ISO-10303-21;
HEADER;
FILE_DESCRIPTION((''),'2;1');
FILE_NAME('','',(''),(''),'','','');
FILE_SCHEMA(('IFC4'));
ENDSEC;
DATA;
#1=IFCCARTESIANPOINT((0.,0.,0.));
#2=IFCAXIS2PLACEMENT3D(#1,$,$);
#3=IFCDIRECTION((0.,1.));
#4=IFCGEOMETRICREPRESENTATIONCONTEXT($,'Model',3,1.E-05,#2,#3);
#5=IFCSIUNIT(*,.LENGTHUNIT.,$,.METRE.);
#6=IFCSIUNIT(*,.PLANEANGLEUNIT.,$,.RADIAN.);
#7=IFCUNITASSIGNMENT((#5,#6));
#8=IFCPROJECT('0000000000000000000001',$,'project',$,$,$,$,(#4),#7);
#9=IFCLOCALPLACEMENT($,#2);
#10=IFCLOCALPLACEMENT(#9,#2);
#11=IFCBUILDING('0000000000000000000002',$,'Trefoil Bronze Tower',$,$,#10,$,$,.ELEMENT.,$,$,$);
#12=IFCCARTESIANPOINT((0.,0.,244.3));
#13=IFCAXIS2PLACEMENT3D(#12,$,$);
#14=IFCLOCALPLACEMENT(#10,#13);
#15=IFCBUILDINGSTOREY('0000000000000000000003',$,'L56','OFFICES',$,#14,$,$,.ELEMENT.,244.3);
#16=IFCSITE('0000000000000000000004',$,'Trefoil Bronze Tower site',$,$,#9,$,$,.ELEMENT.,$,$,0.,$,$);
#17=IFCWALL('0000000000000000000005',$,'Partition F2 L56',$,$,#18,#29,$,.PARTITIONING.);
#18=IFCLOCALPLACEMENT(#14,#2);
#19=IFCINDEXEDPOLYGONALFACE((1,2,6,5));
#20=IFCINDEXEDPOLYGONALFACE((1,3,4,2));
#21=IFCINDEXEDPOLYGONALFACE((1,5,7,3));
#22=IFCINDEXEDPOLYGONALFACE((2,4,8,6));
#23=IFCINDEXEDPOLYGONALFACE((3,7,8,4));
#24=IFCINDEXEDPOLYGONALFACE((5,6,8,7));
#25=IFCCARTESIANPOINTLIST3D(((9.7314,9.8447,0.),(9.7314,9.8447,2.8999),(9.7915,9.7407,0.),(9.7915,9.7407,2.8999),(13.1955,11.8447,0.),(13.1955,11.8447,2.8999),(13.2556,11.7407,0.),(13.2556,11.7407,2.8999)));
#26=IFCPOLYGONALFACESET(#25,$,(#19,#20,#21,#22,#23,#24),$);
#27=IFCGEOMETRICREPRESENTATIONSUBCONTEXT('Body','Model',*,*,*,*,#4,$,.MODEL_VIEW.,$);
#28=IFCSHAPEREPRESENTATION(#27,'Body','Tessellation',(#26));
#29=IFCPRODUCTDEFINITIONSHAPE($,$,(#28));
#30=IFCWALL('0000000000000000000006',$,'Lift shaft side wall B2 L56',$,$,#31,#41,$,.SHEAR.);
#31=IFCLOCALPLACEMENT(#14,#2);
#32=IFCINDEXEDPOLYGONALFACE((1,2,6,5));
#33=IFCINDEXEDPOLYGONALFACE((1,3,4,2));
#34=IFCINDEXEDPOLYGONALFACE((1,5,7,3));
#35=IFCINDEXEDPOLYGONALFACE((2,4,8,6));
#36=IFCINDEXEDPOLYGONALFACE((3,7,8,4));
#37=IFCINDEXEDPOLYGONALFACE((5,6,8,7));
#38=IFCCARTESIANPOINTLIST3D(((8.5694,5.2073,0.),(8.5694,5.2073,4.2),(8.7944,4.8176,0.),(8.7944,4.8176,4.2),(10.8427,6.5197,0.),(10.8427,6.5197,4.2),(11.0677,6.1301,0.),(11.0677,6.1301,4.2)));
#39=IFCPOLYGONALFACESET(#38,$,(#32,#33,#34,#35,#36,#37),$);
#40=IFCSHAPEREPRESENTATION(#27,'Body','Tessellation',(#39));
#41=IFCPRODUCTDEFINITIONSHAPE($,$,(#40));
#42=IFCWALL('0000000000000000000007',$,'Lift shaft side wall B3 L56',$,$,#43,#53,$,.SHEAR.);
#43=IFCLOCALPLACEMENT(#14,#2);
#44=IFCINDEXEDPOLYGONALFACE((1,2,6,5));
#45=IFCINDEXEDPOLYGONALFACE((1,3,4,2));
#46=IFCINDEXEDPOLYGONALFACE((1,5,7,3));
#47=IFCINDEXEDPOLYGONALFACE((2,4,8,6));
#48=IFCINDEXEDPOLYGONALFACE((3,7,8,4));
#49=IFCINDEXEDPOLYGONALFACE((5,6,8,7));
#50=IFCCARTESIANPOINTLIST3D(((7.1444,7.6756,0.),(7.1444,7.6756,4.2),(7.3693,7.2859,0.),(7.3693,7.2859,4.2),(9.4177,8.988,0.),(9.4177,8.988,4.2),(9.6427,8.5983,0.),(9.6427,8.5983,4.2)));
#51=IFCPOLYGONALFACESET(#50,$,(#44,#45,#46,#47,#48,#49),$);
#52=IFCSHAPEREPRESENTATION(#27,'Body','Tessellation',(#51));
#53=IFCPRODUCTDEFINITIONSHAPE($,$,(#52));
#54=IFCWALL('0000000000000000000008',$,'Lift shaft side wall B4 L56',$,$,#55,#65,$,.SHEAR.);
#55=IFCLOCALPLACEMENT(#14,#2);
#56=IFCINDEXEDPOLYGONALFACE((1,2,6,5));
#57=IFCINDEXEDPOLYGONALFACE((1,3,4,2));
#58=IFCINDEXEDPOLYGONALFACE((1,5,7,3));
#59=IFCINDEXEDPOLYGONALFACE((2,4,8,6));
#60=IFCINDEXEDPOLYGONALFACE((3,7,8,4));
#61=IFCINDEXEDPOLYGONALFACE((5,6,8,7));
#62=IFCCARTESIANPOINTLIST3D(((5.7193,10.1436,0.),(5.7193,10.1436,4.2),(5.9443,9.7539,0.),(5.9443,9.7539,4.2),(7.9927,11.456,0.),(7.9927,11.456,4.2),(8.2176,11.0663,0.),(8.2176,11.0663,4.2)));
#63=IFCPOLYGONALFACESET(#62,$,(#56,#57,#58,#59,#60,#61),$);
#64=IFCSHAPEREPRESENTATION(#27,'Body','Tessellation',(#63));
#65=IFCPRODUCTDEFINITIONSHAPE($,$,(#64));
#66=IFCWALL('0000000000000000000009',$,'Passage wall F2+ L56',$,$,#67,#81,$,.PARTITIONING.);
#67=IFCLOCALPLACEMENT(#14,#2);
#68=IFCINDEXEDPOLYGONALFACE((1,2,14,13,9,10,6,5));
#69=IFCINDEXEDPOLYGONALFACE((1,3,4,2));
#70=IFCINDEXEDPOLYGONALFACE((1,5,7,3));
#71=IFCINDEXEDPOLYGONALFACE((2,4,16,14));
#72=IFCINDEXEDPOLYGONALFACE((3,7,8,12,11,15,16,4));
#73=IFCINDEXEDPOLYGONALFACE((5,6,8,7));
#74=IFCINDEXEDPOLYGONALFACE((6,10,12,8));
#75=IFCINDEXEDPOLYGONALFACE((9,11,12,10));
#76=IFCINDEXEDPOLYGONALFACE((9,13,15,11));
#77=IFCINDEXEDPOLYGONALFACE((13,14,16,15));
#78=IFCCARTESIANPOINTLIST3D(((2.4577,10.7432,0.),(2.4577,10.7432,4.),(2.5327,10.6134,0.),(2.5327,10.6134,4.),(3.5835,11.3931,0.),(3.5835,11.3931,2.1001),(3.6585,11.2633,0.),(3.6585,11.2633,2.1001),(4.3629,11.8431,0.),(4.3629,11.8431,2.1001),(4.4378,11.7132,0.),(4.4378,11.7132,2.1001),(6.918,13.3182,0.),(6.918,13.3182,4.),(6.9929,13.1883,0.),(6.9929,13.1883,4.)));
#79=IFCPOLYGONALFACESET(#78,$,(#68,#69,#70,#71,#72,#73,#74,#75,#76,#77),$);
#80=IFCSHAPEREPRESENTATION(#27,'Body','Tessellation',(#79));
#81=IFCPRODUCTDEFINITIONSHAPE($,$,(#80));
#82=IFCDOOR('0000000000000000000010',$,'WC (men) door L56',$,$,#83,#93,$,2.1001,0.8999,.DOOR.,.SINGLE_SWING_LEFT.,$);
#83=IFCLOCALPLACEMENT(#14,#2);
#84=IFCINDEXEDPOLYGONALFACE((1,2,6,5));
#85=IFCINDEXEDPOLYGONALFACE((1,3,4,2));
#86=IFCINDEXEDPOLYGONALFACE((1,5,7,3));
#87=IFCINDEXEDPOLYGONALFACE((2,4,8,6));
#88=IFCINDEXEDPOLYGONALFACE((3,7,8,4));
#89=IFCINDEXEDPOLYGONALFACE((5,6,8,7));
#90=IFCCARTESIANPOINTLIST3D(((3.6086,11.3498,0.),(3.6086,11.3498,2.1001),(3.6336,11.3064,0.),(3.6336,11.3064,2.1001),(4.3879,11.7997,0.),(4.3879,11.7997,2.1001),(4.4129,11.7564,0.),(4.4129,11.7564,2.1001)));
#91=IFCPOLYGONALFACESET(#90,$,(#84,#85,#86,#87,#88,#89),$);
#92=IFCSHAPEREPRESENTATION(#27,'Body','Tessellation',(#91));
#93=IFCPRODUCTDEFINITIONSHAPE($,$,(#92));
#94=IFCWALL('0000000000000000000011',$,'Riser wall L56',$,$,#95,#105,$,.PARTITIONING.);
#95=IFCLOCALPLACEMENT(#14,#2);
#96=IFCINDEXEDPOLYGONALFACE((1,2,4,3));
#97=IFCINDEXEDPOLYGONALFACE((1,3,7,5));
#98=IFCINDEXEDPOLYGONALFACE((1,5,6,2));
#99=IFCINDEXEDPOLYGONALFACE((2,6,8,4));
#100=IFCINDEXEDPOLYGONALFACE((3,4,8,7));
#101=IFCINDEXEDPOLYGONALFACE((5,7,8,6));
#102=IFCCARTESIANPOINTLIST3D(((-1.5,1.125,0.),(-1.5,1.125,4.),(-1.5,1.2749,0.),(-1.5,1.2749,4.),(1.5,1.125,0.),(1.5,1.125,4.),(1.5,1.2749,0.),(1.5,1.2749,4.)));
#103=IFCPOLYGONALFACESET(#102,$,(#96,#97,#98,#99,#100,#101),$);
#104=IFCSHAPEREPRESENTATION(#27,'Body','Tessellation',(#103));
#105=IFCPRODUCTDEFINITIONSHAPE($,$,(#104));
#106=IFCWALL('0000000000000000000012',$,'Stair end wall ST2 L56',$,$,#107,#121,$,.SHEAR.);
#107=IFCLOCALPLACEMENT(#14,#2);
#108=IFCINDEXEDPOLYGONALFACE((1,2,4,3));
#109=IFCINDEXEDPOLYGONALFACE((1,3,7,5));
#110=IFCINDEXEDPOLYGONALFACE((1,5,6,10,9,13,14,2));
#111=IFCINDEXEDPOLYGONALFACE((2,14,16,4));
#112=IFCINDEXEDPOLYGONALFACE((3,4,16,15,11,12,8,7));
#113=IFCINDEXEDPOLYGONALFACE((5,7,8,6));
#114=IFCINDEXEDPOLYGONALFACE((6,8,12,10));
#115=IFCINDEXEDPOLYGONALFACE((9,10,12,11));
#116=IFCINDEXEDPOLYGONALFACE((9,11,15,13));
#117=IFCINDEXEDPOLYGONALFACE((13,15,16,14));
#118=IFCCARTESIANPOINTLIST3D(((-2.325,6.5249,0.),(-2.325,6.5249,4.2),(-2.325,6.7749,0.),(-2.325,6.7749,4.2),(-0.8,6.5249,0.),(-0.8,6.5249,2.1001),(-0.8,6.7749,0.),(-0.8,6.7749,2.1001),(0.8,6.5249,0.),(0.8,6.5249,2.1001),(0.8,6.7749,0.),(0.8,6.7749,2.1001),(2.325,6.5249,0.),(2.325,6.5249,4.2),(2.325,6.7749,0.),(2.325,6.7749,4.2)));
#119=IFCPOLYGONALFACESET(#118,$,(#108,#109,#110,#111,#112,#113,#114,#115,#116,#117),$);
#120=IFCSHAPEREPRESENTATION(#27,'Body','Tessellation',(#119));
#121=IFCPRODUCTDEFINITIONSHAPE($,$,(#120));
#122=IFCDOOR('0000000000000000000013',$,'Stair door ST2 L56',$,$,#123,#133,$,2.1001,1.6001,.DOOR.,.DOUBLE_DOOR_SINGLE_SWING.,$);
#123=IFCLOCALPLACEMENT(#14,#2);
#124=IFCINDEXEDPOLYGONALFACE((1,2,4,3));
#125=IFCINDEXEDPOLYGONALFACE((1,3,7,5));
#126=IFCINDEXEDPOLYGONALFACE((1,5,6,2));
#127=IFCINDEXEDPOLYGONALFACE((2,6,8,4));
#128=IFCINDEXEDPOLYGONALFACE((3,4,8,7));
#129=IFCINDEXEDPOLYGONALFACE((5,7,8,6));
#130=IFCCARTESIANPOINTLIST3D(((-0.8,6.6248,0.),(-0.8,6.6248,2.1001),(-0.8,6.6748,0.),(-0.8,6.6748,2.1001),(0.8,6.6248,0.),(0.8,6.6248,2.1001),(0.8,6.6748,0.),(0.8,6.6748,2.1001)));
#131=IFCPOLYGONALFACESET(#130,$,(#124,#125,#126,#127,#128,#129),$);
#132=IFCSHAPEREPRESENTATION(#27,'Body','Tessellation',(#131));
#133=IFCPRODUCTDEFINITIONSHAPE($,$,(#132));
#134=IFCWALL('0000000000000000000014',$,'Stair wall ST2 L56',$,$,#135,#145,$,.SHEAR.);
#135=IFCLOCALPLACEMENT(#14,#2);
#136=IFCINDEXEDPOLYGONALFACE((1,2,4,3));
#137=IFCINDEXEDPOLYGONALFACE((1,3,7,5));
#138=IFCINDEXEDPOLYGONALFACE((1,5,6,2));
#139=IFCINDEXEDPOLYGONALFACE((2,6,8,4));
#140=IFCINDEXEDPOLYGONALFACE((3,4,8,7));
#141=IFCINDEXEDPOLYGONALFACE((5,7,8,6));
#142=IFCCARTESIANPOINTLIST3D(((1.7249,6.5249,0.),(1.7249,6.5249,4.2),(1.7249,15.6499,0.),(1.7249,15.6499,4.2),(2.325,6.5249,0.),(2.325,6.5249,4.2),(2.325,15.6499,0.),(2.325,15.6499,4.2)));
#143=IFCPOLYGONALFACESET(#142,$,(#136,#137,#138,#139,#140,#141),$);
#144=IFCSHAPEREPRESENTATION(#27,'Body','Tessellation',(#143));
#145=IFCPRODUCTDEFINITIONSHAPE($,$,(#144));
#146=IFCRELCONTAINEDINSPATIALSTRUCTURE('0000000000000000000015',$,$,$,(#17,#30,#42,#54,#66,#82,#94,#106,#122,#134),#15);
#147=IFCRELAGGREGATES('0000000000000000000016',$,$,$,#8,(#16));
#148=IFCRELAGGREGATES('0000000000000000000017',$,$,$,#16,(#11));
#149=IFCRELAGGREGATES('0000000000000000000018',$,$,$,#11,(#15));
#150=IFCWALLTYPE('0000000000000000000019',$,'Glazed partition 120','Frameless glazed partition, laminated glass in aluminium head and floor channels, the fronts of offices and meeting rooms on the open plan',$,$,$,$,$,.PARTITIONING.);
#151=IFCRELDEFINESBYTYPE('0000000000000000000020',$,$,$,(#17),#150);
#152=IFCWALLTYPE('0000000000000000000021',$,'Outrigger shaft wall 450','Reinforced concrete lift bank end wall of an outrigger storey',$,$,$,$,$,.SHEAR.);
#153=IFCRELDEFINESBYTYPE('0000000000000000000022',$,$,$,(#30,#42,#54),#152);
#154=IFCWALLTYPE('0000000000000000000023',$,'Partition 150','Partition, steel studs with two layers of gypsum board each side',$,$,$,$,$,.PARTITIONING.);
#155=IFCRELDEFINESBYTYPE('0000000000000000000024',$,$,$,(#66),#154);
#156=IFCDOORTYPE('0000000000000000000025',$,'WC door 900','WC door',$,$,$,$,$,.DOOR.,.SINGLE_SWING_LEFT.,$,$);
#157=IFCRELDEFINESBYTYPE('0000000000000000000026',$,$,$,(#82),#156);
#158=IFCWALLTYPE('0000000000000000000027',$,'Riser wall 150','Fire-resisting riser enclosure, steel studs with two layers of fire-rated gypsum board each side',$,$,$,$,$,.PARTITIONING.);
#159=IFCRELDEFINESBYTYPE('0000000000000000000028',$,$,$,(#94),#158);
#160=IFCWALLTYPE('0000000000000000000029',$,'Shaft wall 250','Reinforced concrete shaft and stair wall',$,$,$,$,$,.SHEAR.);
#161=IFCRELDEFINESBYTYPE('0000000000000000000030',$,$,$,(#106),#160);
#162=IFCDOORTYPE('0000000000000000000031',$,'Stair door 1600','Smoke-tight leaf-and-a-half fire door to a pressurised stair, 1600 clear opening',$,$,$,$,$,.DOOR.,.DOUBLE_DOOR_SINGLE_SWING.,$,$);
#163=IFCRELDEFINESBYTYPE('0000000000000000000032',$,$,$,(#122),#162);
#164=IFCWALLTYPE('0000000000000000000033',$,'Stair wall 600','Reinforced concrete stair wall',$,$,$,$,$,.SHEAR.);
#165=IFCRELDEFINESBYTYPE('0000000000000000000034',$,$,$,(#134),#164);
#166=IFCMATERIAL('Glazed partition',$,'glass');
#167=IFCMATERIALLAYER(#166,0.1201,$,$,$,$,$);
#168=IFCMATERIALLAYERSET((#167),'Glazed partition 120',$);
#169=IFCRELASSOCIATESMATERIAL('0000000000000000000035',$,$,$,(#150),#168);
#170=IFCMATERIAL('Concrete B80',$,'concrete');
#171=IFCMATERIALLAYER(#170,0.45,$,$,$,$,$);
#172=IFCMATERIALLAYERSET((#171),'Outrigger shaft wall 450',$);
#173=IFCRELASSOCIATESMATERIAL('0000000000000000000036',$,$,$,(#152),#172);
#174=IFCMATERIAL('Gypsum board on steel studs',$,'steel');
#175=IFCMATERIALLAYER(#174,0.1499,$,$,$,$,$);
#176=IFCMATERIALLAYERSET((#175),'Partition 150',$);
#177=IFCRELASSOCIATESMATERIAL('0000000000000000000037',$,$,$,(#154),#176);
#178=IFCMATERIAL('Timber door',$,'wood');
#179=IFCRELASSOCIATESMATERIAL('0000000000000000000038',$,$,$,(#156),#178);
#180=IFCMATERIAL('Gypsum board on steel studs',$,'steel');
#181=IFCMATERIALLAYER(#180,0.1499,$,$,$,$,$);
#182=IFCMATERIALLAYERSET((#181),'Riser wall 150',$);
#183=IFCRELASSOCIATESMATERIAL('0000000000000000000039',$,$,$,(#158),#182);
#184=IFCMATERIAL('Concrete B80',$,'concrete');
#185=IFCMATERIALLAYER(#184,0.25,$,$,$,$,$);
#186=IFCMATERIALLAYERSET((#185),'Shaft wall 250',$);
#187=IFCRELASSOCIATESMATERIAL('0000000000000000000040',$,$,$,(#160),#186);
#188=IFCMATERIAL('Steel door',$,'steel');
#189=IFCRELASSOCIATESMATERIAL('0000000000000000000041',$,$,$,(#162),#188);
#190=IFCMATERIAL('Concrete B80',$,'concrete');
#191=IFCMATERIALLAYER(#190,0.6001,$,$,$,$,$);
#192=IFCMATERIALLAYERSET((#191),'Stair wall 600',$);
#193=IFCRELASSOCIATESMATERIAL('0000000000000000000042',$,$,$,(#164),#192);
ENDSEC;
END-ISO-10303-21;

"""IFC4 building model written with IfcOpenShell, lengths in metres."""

from ifc_helpers import new_model, si_unit, direction, frame, frame_2d, origin, place, context, subcontext, project, spatial, rectangle, extrude, material, layer, layer_set, type_object, element, fill, save


model = new_model("IFC4")

# Units and contexts
model_context = context("Model", 3, precision=1e-05, world=origin(), true_north=direction((0.0, 1.0)))
body_context = subcontext(model_context, "Body", "Model", "MODEL_VIEW")
ifc_project = project(units=[si_unit("LENGTHUNIT", "METRE"), si_unit("PLANEANGLEUNIT", "RADIAN")], contexts=[model_context])

# Site, building, storey
site_placement = place(None, origin())
site = spatial("IfcSite", under=ifc_project, at=site_placement, Name="Trefoil Bronze Tower site", CompositionType="ELEMENT", RefElevation=0.0)
building_placement = place(site_placement, origin())
building = spatial("IfcBuilding", under=site, at=building_placement, Name="Trefoil Bronze Tower", CompositionType="ELEMENT")
storey_placement = place(building_placement, frame((0.0, 0.0, 244.3)))
storey = spatial("IfcBuildingStorey", under=building, at=storey_placement, Name="L56", Description="OFFICES", CompositionType="ELEMENT", Elevation=244.3)

# Walls
ifc_material_1 = material(Name="Glazed partition", Category="glass")
ifc_layer_1 = layer(ifc_material_1, 0.1201)
ifc_layer_set_1 = layer_set([ifc_layer_1], Name="Glazed partition 120")
wall_type_1 = type_object("IfcWallType", Name="Glazed partition 120", Description="Frameless glazed partition, laminated glass in aluminium head and floor channels, the fronts of offices and meeting rooms on the open plan", PredefinedType="PARTITIONING", material=ifc_layer_set_1)
wall_1_placement = place(storey_placement, frame((9.7615, 9.7927, 0.0), z_axis=(0.0, 0.0, 1.0), x_axis=(0.866026, 0.499999, 0.0)))
element("IfcWall", 1, at=wall_1_placement, inside=storey, type_object=wall_type_1, Name="Partition F2 L56", PredefinedType="PARTITIONING", context=body_context, shape_type="SweptSolid", body=[
    extrude(rectangle(XDim=4.0, YDim=0.1201, at=frame_2d((2.0, 0.0))), origin(), (0.0, 0.0, 1.0), 2.8999),
])
ifc_material_2 = material(Name="Concrete B80", Category="concrete")
ifc_layer_2 = layer(ifc_material_2, 0.45)
ifc_layer_set_2 = layer_set([ifc_layer_2], Name="Outrigger shaft wall 450")
wall_type_2 = type_object("IfcWallType", Name="Outrigger shaft wall 450", Description="Reinforced concrete lift bank end wall of an outrigger storey", PredefinedType="SHEAR", material=ifc_layer_set_2)
for number, where, z_axis, x_axis, name in (
    (2, (8.6819, 5.0125, 0.0), (0.0, 0.0, 1.0), (0.866037, 0.49998, 0.0), "Lift shaft side wall B2 L56"),
    (3, (7.2568, 7.4807, 0.0), (0.0, 0.0, 1.0), (0.866037, 0.49998, 0.0), "Lift shaft side wall B3 L56"),
    (4, (5.8318, 9.9487, 0.0), (0.0, 0.0, 1.0), (0.866037, 0.49998, 0.0), "Lift shaft side wall B4 L56"),
):
    element("IfcWall", number, at=place(storey_placement, frame(where, z_axis=z_axis, x_axis=x_axis)), inside=storey, type_object=wall_type_2, Name=name, PredefinedType="SHEAR", context=body_context, shape_type="SweptSolid", body=[
        extrude(rectangle(XDim=2.625, YDim=0.45, at=frame_2d((1.3125, 0.0))), origin(), (0.0, 0.0, 1.0), 4.2),
    ])

# Wall, opening, door
ifc_material_3 = material(Name="Gypsum board on steel studs", Category="steel")
ifc_layer_3 = layer(ifc_material_3, 0.1499)
ifc_layer_set_3 = layer_set([ifc_layer_3], Name="Partition 150")
wall_type_3 = type_object("IfcWallType", Name="Partition 150", Description="Partition, steel studs with two layers of gypsum board each side", PredefinedType="PARTITIONING", material=ifc_layer_set_3)
wall_2_placement = place(storey_placement, frame((2.4951, 10.6782, 0.0), z_axis=(0.0, 0.0, 1.0), x_axis=(0.866038, 0.499978, 0.0)))
wall_2 = element("IfcWall", 5, at=wall_2_placement, inside=storey, type_object=wall_type_3, Name="Passage wall F2+ L56", PredefinedType="PARTITIONING", context=body_context, shape_type="SweptSolid", body=[
    extrude(rectangle(XDim=5.1501, YDim=0.1499, at=frame_2d((2.5752, 0.0))), origin(), (0.0, 0.0, 1.0), 4.0),
])
opening_1_placement = place(wall_2_placement, frame((1.3, 0.0, 0.0)))
opening_1 = element("IfcOpeningElement", 6, at=opening_1_placement, cuts=wall_2, PredefinedType="OPENING", context=body_context, shape_type="SweptSolid", body=[
    extrude(rectangle(XDim=0.8999, YDim=2.1001, at=frame_2d((0.45, 1.05))), frame((0.0, 0.085, 0.0), z_axis=(0.0, -1.0, 0.0), x_axis=(1.0, 0.0, 0.0)), (0.0, 0.0, 1.0), 0.1699),
])
ifc_material_4 = material(Name="Timber door", Category="wood")
door_type_1 = type_object("IfcDoorType", Name="WC door 900", Description="WC door", OperationType="SINGLE_SWING_LEFT", PredefinedType="DOOR", material=ifc_material_4)
door_1_placement = place(opening_1_placement, origin())
door_1 = element("IfcDoor", 7, at=door_1_placement, inside=storey, type_object=door_type_1, Name="WC (men) door L56", OperationType="SINGLE_SWING_LEFT", OverallHeight=2.1001, OverallWidth=0.8999, PredefinedType="DOOR", context=body_context, shape_type="SweptSolid", body=[
    extrude(rectangle(XDim=0.8999, YDim=2.1001, at=frame_2d((0.45, 1.05))), frame((0.0, 0.0249, 0.0), z_axis=(0.0, -1.0, 0.0), x_axis=(1.0, 0.0, 0.0)), (0.0, 0.0, 1.0), 0.05),
])
fill(opening_1, door_1)

# Wall
ifc_material_5 = material(Name="Gypsum board on steel studs", Category="steel")
ifc_layer_4 = layer(ifc_material_5, 0.1499)
ifc_layer_set_4 = layer_set([ifc_layer_4], Name="Riser wall 150")
wall_type_4 = type_object("IfcWallType", Name="Riser wall 150", Description="Fire-resisting riser enclosure, steel studs with two layers of fire-rated gypsum board each side", PredefinedType="PARTITIONING", material=ifc_layer_set_4)
wall_3_placement = place(storey_placement, frame((1.5, 1.2, 0.0), z_axis=(0.0, 0.0, 1.0), x_axis=(-1.0, 0.0, 0.0)))
element("IfcWall", 8, at=wall_3_placement, inside=storey, type_object=wall_type_4, Name="Riser wall L56", PredefinedType="PARTITIONING", context=body_context, shape_type="SweptSolid", body=[
    extrude(rectangle(XDim=3.0, YDim=0.1499, at=frame_2d((1.5, 0.0))), origin(), (0.0, 0.0, 1.0), 4.0),
])

# Wall, opening, door
ifc_material_6 = material(Name="Concrete B80", Category="concrete")
ifc_layer_5 = layer(ifc_material_6, 0.25)
ifc_layer_set_5 = layer_set([ifc_layer_5], Name="Shaft wall 250")
wall_type_5 = type_object("IfcWallType", Name="Shaft wall 250", Description="Reinforced concrete shaft and stair wall", PredefinedType="SHEAR", material=ifc_layer_set_5)
wall_4_placement = place(storey_placement, frame((2.325, 6.6499, 0.0), z_axis=(0.0, 0.0, 1.0), x_axis=(-1.0, 0.0, 0.0)))
wall_4 = element("IfcWall", 9, at=wall_4_placement, inside=storey, type_object=wall_type_5, Name="Stair end wall ST2 L56", PredefinedType="SHEAR", context=body_context, shape_type="SweptSolid", body=[
    extrude(rectangle(XDim=4.6499, YDim=0.25, at=frame_2d((2.325, 0.0))), origin(), (0.0, 0.0, 1.0), 4.2),
])
opening_2_placement = place(wall_4_placement, frame((1.5249, 0.0, 0.0)))
opening_2 = element("IfcOpeningElement", 10, at=opening_2_placement, cuts=wall_4, PredefinedType="OPENING", context=body_context, shape_type="SweptSolid", body=[
    extrude(rectangle(XDim=1.6001, YDim=2.1001, at=frame_2d((0.8, 1.05))), frame((0.0, 0.135, 0.0), z_axis=(0.0, -1.0, 0.0), x_axis=(1.0, 0.0, 0.0)), (0.0, 0.0, 1.0), 0.27),
])
ifc_material_7 = material(Name="Steel door", Category="steel")
door_type_2 = type_object("IfcDoorType", Name="Stair door 1600", Description="Smoke-tight leaf-and-a-half fire door to a pressurised stair, 1600 clear opening", OperationType="DOUBLE_DOOR_SINGLE_SWING", PredefinedType="DOOR", material=ifc_material_7)
door_2_placement = place(opening_2_placement, frame((1.6001, 0.0, 0.0), z_axis=(0.0, 0.0, 1.0), x_axis=(-1.0, 0.0, 0.0)))
door_2 = element("IfcDoor", 11, at=door_2_placement, inside=storey, type_object=door_type_2, Name="Stair door ST2 L56", OperationType="DOUBLE_DOOR_SINGLE_SWING", OverallHeight=2.1001, OverallWidth=1.6001, PredefinedType="DOOR", context=body_context, shape_type="SweptSolid", body=[
    extrude(rectangle(XDim=1.6001, YDim=2.1001, at=frame_2d((0.8, 1.05))), frame((0.0, 0.0249, 0.0), z_axis=(0.0, -1.0, 0.0), x_axis=(1.0, 0.0, 0.0)), (0.0, 0.0, 1.0), 0.05),
])
fill(opening_2, door_2)

# Wall
ifc_material_8 = material(Name="Concrete B80", Category="concrete")
ifc_layer_6 = layer(ifc_material_8, 0.6001)
ifc_layer_set_6 = layer_set([ifc_layer_6], Name="Stair wall 600")
wall_type_6 = type_object("IfcWallType", Name="Stair wall 600", Description="Reinforced concrete stair wall", PredefinedType="SHEAR", material=ifc_layer_set_6)
wall_5_placement = place(storey_placement, frame((2.0249, 6.5249, 0.0), z_axis=(0.0, 0.0, 1.0), x_axis=(0.0, 1.0, 0.0)))
element("IfcWall", 12, at=wall_5_placement, inside=storey, type_object=wall_type_6, Name="Stair wall ST2 L56", PredefinedType="SHEAR", context=body_context, shape_type="SweptSolid", body=[
    extrude(rectangle(XDim=9.125, YDim=0.6001, at=frame_2d((4.5625, 0.0))), origin(), (0.0, 0.0, 1.0), 4.2),
])

save(model, "model.ifc")
